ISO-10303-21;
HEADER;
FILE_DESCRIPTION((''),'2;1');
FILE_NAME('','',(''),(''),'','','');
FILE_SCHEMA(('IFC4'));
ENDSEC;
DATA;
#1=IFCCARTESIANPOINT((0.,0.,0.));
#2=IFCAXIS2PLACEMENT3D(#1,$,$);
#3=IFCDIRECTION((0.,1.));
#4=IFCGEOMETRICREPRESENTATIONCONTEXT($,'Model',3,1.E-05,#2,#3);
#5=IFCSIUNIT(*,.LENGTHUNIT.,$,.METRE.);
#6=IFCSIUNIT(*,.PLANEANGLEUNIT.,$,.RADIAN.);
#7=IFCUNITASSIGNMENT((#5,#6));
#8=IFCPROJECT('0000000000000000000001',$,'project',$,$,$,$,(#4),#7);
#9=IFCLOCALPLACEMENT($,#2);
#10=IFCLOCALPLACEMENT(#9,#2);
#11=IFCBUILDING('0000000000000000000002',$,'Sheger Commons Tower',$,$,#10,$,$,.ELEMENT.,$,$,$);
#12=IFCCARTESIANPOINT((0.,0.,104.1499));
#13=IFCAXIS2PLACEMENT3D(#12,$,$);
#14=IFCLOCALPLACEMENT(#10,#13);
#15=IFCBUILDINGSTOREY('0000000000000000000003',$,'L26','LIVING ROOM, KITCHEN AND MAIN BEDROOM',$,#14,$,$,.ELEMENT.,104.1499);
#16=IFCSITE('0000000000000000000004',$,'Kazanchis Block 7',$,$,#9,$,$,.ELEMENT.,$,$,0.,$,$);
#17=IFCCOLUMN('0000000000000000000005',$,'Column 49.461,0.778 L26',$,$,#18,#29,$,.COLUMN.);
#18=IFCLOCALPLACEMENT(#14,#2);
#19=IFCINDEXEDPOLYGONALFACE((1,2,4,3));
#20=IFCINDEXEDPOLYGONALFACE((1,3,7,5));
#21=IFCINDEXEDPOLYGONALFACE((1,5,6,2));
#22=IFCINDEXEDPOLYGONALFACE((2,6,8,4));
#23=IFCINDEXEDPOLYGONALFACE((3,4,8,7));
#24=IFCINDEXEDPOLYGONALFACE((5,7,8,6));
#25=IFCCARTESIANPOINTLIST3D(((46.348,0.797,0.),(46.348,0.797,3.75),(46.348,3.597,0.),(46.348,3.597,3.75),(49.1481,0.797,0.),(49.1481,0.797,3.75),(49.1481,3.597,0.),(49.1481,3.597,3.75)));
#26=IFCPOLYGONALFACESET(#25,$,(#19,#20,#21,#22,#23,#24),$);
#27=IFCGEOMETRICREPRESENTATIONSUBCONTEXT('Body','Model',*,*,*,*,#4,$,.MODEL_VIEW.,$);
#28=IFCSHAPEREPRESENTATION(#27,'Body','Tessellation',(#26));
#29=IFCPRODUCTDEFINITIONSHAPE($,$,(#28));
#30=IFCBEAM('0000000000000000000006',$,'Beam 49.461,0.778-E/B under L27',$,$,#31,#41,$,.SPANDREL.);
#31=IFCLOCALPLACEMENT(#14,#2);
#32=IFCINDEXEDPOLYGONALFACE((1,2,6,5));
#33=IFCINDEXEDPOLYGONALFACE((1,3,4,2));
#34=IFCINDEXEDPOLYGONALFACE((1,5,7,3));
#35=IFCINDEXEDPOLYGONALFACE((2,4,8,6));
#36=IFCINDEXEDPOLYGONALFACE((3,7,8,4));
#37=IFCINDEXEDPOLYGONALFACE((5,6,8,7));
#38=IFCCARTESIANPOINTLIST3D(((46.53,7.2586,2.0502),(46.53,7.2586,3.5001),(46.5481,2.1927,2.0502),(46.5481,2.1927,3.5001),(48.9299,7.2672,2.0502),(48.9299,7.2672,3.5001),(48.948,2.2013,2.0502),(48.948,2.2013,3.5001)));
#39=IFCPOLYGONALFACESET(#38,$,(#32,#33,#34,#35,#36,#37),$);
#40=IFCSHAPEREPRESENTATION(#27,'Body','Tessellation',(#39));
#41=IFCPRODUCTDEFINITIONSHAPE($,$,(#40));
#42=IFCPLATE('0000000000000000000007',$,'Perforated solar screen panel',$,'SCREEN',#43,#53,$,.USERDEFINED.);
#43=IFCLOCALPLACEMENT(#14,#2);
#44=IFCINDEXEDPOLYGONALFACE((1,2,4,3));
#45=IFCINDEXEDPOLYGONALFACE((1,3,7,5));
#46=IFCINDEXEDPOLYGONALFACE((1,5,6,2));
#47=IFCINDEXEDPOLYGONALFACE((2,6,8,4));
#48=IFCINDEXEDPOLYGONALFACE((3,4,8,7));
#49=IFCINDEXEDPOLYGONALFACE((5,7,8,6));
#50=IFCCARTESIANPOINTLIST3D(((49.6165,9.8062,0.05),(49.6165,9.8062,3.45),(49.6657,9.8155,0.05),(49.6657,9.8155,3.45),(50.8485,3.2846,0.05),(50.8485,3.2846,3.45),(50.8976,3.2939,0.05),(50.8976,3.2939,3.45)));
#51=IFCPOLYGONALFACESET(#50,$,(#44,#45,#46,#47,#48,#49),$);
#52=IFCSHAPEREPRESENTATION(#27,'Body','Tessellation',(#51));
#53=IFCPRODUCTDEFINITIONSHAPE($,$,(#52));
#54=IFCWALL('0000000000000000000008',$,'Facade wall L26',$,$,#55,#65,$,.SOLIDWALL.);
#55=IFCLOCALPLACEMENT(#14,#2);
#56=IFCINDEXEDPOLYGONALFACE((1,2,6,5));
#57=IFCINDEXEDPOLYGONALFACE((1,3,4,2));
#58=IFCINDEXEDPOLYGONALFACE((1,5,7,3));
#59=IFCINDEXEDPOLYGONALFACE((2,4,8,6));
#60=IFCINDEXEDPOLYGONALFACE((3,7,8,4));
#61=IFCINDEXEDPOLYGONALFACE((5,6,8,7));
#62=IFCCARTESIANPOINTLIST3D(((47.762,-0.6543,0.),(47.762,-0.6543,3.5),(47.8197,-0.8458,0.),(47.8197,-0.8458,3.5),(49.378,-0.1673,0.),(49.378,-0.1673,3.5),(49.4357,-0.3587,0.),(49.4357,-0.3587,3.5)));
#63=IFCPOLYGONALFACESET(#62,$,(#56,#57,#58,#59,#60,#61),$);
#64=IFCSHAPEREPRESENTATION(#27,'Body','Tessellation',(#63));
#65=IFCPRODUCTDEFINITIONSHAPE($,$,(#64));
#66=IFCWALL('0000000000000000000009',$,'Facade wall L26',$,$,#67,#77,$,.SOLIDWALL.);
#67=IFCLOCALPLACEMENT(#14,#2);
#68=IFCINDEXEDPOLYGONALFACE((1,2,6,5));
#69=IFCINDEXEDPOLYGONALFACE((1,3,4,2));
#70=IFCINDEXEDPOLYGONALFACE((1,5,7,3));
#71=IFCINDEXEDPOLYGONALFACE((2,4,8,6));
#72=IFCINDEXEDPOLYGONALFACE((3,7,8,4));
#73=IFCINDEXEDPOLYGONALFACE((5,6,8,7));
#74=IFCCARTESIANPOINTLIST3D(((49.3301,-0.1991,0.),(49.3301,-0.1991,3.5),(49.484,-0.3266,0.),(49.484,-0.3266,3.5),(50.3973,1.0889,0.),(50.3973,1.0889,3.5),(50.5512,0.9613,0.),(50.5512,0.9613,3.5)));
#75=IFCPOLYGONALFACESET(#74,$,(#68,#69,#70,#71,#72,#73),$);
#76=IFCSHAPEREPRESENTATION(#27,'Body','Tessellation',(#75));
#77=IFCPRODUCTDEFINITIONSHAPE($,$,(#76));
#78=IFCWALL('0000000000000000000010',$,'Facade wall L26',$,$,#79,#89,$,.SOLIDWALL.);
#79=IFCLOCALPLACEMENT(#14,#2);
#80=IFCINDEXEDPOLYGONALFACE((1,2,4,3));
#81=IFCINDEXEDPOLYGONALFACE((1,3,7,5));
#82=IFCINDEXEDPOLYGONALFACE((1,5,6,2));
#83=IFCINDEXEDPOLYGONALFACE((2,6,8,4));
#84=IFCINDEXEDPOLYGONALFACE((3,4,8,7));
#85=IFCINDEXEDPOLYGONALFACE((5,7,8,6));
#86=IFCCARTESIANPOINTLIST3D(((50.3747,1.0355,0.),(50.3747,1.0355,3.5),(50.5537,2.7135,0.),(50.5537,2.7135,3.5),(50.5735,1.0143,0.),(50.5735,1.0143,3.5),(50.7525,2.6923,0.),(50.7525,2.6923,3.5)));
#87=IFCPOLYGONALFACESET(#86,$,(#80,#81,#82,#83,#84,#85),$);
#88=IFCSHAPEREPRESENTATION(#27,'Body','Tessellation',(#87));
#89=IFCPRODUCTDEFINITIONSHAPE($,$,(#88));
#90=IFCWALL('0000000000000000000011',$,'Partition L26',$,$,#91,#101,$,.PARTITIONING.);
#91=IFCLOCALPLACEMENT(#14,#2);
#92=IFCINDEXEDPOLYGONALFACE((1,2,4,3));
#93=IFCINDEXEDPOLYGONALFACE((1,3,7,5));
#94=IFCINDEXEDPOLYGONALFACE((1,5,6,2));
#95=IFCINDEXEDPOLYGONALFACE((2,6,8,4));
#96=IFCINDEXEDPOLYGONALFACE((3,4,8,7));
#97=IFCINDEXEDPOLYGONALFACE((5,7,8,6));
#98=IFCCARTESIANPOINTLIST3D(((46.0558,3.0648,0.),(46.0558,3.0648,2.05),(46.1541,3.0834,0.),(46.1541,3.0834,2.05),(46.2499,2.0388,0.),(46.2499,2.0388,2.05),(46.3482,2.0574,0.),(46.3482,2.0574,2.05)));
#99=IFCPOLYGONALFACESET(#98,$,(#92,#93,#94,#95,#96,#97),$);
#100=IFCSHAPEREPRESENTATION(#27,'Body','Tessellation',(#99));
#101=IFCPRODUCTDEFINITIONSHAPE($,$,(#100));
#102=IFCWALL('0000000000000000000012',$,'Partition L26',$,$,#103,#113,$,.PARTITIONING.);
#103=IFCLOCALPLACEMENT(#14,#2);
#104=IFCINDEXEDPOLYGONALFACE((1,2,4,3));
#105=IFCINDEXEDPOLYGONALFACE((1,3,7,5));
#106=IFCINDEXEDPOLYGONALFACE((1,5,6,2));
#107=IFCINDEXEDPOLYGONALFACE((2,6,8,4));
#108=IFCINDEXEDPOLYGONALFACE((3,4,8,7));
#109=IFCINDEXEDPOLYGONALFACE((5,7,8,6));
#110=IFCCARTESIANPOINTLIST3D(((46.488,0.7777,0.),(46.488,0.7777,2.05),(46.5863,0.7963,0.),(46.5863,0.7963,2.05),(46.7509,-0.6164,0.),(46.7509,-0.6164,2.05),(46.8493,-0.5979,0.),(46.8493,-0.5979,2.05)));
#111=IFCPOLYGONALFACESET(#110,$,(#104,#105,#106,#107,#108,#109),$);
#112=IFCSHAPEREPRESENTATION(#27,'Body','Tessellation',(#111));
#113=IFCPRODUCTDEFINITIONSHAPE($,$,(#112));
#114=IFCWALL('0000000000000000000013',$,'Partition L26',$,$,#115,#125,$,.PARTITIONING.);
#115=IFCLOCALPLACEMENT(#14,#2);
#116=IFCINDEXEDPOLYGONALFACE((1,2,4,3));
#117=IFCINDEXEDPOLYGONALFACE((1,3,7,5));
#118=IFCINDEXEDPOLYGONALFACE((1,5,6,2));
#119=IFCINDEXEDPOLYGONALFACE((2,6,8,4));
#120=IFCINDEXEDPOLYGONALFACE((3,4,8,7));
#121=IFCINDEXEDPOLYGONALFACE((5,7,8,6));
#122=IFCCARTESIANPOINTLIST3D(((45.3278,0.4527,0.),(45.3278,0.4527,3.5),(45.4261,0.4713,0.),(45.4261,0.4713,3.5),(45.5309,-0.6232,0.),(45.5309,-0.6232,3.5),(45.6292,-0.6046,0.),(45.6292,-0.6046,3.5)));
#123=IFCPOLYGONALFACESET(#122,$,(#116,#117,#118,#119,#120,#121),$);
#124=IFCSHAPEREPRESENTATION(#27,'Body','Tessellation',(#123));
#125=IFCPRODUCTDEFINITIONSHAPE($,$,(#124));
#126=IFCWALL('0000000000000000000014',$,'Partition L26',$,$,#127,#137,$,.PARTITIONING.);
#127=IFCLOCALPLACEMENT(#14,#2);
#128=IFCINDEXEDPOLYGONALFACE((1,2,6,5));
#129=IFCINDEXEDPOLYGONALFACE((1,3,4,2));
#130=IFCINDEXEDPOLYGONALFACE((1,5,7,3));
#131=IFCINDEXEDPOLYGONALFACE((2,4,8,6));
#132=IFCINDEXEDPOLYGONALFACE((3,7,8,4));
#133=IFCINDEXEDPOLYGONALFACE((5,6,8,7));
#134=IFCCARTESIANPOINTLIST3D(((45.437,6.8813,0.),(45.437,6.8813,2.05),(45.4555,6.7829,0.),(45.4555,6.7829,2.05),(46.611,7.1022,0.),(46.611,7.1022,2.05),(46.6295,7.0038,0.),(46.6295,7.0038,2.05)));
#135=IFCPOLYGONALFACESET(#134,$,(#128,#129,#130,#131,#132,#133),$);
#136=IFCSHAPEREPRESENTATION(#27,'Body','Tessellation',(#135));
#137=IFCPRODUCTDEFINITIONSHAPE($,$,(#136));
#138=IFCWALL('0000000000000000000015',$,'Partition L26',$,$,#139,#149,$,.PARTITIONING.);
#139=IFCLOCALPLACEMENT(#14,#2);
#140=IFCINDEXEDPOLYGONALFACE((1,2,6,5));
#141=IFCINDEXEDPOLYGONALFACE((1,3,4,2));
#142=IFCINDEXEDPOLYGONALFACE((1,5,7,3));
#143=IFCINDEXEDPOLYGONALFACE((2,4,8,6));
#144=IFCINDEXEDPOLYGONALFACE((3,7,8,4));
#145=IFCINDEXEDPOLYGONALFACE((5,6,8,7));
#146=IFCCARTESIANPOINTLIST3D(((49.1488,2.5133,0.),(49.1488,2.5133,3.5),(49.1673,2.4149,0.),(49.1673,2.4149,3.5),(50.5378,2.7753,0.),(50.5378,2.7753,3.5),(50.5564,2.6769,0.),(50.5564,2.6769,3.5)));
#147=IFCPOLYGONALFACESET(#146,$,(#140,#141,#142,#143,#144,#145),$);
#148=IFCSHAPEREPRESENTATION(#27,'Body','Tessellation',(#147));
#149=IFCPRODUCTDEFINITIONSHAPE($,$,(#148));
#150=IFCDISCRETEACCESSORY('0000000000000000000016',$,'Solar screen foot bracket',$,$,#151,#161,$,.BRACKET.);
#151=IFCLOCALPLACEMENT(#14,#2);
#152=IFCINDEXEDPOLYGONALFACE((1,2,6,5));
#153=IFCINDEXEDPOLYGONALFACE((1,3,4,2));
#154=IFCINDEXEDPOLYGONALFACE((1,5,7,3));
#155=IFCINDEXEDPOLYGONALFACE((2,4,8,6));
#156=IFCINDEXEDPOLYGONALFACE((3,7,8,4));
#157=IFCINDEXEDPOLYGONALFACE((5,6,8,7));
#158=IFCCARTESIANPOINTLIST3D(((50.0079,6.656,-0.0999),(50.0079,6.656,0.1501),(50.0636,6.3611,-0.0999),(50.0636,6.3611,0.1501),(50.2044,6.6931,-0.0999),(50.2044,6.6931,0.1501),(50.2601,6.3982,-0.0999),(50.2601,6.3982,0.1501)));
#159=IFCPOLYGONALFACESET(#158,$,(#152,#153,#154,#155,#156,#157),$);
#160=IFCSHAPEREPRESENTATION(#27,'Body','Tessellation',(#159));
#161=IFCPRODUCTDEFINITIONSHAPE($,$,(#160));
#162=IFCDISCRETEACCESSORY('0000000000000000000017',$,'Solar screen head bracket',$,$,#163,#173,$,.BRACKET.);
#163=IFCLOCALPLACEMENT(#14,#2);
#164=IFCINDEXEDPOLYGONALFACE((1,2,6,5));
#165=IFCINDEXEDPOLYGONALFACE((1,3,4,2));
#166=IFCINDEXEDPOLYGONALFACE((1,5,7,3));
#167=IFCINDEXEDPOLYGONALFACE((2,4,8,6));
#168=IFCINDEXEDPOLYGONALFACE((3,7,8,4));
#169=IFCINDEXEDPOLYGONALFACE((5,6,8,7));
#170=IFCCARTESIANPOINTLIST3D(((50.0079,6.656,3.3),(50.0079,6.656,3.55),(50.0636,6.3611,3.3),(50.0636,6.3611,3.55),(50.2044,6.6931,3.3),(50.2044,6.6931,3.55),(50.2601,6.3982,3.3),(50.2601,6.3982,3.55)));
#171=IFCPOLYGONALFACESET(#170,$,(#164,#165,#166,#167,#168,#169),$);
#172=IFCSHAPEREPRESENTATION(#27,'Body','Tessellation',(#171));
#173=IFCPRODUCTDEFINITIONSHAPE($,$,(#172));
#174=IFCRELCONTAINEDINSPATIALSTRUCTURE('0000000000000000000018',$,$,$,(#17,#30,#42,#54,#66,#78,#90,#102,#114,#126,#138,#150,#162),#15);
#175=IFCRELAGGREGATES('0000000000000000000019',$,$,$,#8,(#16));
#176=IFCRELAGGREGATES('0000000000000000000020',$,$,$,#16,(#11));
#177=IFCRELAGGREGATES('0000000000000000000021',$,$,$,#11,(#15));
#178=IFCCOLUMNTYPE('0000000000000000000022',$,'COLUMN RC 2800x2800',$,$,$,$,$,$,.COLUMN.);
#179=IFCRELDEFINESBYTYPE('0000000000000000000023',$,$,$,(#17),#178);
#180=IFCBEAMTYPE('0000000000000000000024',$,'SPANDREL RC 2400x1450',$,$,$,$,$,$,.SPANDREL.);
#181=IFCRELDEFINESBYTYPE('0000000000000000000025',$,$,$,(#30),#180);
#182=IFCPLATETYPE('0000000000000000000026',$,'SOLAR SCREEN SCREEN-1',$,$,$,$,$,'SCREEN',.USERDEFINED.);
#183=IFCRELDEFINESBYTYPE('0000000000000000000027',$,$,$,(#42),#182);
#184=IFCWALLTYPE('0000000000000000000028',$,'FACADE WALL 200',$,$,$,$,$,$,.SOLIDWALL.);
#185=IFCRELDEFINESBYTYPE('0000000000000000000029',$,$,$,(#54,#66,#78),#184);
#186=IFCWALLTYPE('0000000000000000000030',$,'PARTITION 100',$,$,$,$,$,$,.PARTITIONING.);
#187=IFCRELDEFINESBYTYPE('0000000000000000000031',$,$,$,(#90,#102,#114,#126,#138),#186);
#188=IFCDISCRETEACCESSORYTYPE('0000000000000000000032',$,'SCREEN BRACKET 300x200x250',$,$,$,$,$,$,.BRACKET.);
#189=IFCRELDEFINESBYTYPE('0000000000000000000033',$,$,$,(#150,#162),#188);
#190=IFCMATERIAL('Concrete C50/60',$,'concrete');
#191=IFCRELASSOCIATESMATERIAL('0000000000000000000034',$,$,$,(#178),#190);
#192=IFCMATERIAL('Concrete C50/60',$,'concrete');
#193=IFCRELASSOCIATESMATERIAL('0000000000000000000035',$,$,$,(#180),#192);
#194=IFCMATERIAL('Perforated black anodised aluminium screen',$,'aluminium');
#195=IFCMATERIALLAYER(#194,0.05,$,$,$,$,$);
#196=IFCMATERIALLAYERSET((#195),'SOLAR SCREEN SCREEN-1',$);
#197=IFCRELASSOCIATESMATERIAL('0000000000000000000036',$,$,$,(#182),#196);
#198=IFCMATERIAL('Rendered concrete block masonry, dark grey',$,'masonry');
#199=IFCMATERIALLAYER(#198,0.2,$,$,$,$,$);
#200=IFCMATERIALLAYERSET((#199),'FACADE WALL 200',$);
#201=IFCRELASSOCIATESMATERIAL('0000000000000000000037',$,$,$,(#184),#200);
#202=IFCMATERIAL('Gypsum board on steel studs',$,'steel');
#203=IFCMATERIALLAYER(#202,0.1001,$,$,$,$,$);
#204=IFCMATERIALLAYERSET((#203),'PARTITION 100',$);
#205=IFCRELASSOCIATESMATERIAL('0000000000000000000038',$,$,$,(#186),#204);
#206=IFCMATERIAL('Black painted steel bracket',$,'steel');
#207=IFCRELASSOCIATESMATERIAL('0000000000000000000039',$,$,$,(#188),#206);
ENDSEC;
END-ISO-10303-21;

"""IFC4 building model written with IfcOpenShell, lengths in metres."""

from ifc_helpers import new_model, si_unit, direction, frame, frame_2d, origin, origin_2d, place, context, subcontext, project, spatial, rectangle, extrude, material, layer, layer_set, material_profile, profile_set, type_object, element, save


model = new_model("IFC4")

# Units and contexts
model_context = context("Model", 3, precision=1e-05, world=origin(), true_north=direction((0.0, 1.0)))
body_context = subcontext(model_context, "Body", "Model", "MODEL_VIEW")
ifc_project = project(units=[si_unit("LENGTHUNIT", "METRE"), si_unit("PLANEANGLEUNIT", "RADIAN")], contexts=[model_context])

# Site, building, storey
site_placement = place(None, origin())
site = spatial("IfcSite", under=ifc_project, at=site_placement, Name="Kazanchis Block 7", CompositionType="ELEMENT", RefElevation=0.0)
building_placement = place(site_placement, origin())
building = spatial("IfcBuilding", under=site, at=building_placement, Name="Sheger Commons Tower", CompositionType="ELEMENT")
storey_placement = place(building_placement, frame((0.0, 0.0, 104.1499)))
storey = spatial("IfcBuildingStorey", under=building, at=storey_placement, Name="L26", Description="LIVING ROOM, KITCHEN AND MAIN BEDROOM", CompositionType="ELEMENT", Elevation=104.1499)

# Column
ifc_material_1 = material(Name="Concrete C50/60", Category="concrete")
ifc_material_profile_1 = material_profile(ifc_material_1, rectangle(XDim=2.8, YDim=2.8, at=origin_2d()), Name="RC 2800x2800")
ifc_profile_set_1 = profile_set([ifc_material_profile_1], Name="Concrete C50/60")
column_type = type_object("IfcColumnType", Name="COLUMN RC 2800x2800", PredefinedType="COLUMN", material=ifc_profile_set_1)
column_placement = place(storey_placement, frame((47.748, 2.197, 0.0), z_axis=(0.0, 0.0, 1.0), x_axis=(1.0, 0.0, 0.0)))
element("IfcColumn", 1, at=column_placement, inside=storey, type_object=column_type, Name="Column 49.461,0.778 L26", PredefinedType="COLUMN", context=body_context, shape_type="SweptSolid", body=[
    extrude(rectangle(XDim=2.8, YDim=2.8, at=origin_2d()), origin(), (0.0, 0.0, 1.0), 3.75),
])

# Beam
ifc_material_2 = material(Name="Concrete C50/60", Category="concrete")
ifc_material_profile_2 = material_profile(ifc_material_2, rectangle(XDim=2.3999, YDim=1.45, at=origin_2d()), Name="RC 2400x1450")
ifc_profile_set_2 = profile_set([ifc_material_profile_2], Name="Concrete C50/60")
beam_type = type_object("IfcBeamType", Name="SPANDREL RC 2400x1450", PredefinedType="SPANDREL", material=ifc_profile_set_2)
beam_placement = place(storey_placement, frame((47.748, 2.197, 2.7751), z_axis=(-0.003566, 0.999994, 0.0), x_axis=(-0.999994, -0.003566, 0.0)))
element("IfcBeam", 2, at=beam_placement, inside=storey, type_object=beam_type, Name="Beam 49.461,0.778-E/B under L27", PredefinedType="SPANDREL", context=body_context, shape_type="SweptSolid", body=[
    extrude(rectangle(XDim=2.3999, YDim=1.45, at=origin_2d()), origin(), (0.0, 0.0, 1.0), 5.0659),
])

# Plate
ifc_material_3 = material(Name="Perforated black anodised aluminium screen", Category="aluminium")
ifc_layer_1 = layer(ifc_material_3, 0.05)
ifc_layer_set_1 = layer_set([ifc_layer_1], Name="SOLAR SCREEN SCREEN-1")
plate_type = type_object("IfcPlateType", Name="SOLAR SCREEN SCREEN-1", ElementType="SCREEN", PredefinedType="USERDEFINED", material=ifc_layer_set_1)
plate_placement = place(storey_placement, frame((50.2571, 6.55, 0.05), z_axis=(0.0, 0.0, 1.0), x_axis=(-0.185615, 0.982623, 0.0)))
element("IfcPlate", 3, at=plate_placement, inside=storey, type_object=plate_type, Name="Perforated solar screen panel", ObjectType="SCREEN", PredefinedType="USERDEFINED", context=body_context, shape_type="SweptSolid", body=[
    extrude(rectangle(XDim=6.637, YDim=0.05, at=origin_2d()), origin(), (0.0, 0.0, 1.0), 3.3999),
])

# Walls
ifc_material_4 = material(Name="Rendered concrete block masonry, dark grey", Category="masonry")
ifc_layer_2 = layer(ifc_material_4, 0.2)
ifc_layer_set_2 = layer_set([ifc_layer_2], Name="FACADE WALL 200")
wall_type_1 = type_object("IfcWallType", Name="FACADE WALL 200", PredefinedType="SOLIDWALL", material=ifc_layer_set_2)
wall_1_placement = place(storey_placement, frame((47.791, -0.75, 0.0), z_axis=(0.0, 0.0, 1.0), x_axis=(0.957455, 0.288582, 0.0)))
element("IfcWall", 4, at=wall_1_placement, inside=storey, type_object=wall_type_1, Name="Facade wall L26", PredefinedType="SOLIDWALL", context=body_context, shape_type="SweptSolid", body=[
    extrude(rectangle(XDim=1.6877, YDim=0.2, at=frame_2d((0.8438, 0.0))), origin(), (0.0, 0.0, 1.0), 3.5),
])
wall_2_placement = place(storey_placement, frame((49.407, -0.2629, 0.0), z_axis=(0.0, 0.0, 1.0), x_axis=(0.638043, 0.770001, 0.0)))
element("IfcWall", 5, at=wall_2_placement, inside=storey, type_object=wall_type_1, Name="Facade wall L26", PredefinedType="SOLIDWALL", context=body_context, shape_type="SweptSolid", body=[
    extrude(rectangle(XDim=1.6726, YDim=0.2, at=frame_2d((0.8364, 0.0))), origin(), (0.0, 0.0, 1.0), 3.5),
])
wall_3_placement = place(storey_placement, frame((50.4741, 1.0249, 0.0), z_axis=(0.0, 0.0, 1.0), x_axis=(0.106048, 0.994361, 0.0)))
element("IfcWall", 6, at=wall_3_placement, inside=storey, type_object=wall_type_1, Name="Facade wall L26", PredefinedType="SOLIDWALL", context=body_context, shape_type="SweptSolid", body=[
    extrude(rectangle(XDim=1.6875, YDim=0.2, at=frame_2d((0.8438, 0.0))), origin(), (0.0, 0.0, 1.0), 3.5),
])

# Walls
ifc_material_5 = material(Name="Gypsum board on steel studs", Category="steel")
ifc_layer_3 = layer(ifc_material_5, 0.1001)
ifc_layer_set_3 = layer_set([ifc_layer_3], Name="PARTITION 100")
wall_type_2 = type_object("IfcWallType", Name="PARTITION 100", PredefinedType="PARTITIONING", material=ifc_layer_set_3)
wall_4_placement = place(storey_placement, frame((46.105, 3.074, 0.0), z_axis=(0.0, 0.0, 1.0), x_axis=(0.185898, -0.982569, 0.0)))
element("IfcWall", 7, at=wall_4_placement, inside=storey, type_object=wall_type_2, Name="Partition L26", PredefinedType="PARTITIONING", context=body_context, shape_type="SweptSolid", body=[
    extrude(rectangle(XDim=1.0442, YDim=0.1001, at=frame_2d((0.522, 0.0))), origin(), (0.0, 0.0, 1.0), 2.05),
])
wall_5_placement = place(storey_placement, frame((46.5371, 0.7871, 0.0), z_axis=(0.0, 0.0, 1.0), x_axis=(0.185348, -0.982673, 0.0)))
element("IfcWall", 8, at=wall_5_placement, inside=storey, type_object=wall_type_2, Name="Partition L26", PredefinedType="PARTITIONING", context=body_context, shape_type="SweptSolid", body=[
    extrude(rectangle(XDim=1.4187, YDim=0.1001, at=frame_2d((0.7095, 0.0))), origin(), (0.0, 0.0, 1.0), 2.05),
])
wall_6_placement = place(storey_placement, frame((45.377, 0.4619, 0.0), z_axis=(0.0, 0.0, 1.0), x_axis=(0.185513, -0.982642, 0.0)))
element("IfcWall", 9, at=wall_6_placement, inside=storey, type_object=wall_type_2, Name="Partition L26", PredefinedType="PARTITIONING", context=body_context, shape_type="SweptSolid", body=[
    extrude(rectangle(XDim=1.095, YDim=0.1001, at=frame_2d((0.5474, 0.0))), origin(), (0.0, 0.0, 1.0), 3.5),
])
wall_7_placement = place(storey_placement, frame((46.6201, 7.053, 0.0), z_axis=(0.0, 0.0, 1.0), x_axis=(-0.982749, -0.184942, 0.0)))
element("IfcWall", 10, at=wall_7_placement, inside=storey, type_object=wall_type_2, Name="Partition L26", PredefinedType="PARTITIONING", context=body_context, shape_type="SweptSolid", body=[
    extrude(rectangle(XDim=1.1946, YDim=0.1001, at=frame_2d((0.5972, 0.0))), origin(), (0.0, 0.0, 1.0), 2.05),
])
wall_8_placement = place(storey_placement, frame((50.5471, 2.7261, 0.0), z_axis=(0.0, 0.0, 1.0), x_axis=(-0.98268, -0.18531, 0.0)))
element("IfcWall", 11, at=wall_8_placement, inside=storey, type_object=wall_type_2, Name="Partition L26", PredefinedType="PARTITIONING", context=body_context, shape_type="SweptSolid", body=[
    extrude(rectangle(XDim=1.4136, YDim=0.1001, at=frame_2d((0.7068, 0.0))), origin(), (0.0, 0.0, 1.0), 3.5),
])

# Discrete accessories
ifc_material_6 = material(Name="Black painted steel bracket", Category="steel")
discrete_accessory_type = type_object("IfcDiscreteAccessoryType", Name="SCREEN BRACKET 300x200x250", PredefinedType="BRACKET", material=ifc_material_6)
for number, where, z_axis, x_axis, name in (
    (12, (50.134, 6.5271, -0.0999), (0.0, 0.0, 1.0), (-0.185615, 0.982623, 0.0), "Solar screen foot bracket"),
    (13, (50.134, 6.5271, 3.3), (0.0, 0.0, 1.0), (-0.185615, 0.982623, 0.0), "Solar screen head bracket"),
):
    element("IfcDiscreteAccessory", number, at=place(storey_placement, frame(where, z_axis=z_axis, x_axis=x_axis)), inside=storey, type_object=discrete_accessory_type, Name=name, PredefinedType="BRACKET", context=body_context, shape_type="SweptSolid", body=[
        extrude(rectangle(XDim=0.3, YDim=0.2, at=origin_2d()), origin(), (0.0, 0.0, 1.0), 0.25),
    ])

save(model, "model.ifc")
